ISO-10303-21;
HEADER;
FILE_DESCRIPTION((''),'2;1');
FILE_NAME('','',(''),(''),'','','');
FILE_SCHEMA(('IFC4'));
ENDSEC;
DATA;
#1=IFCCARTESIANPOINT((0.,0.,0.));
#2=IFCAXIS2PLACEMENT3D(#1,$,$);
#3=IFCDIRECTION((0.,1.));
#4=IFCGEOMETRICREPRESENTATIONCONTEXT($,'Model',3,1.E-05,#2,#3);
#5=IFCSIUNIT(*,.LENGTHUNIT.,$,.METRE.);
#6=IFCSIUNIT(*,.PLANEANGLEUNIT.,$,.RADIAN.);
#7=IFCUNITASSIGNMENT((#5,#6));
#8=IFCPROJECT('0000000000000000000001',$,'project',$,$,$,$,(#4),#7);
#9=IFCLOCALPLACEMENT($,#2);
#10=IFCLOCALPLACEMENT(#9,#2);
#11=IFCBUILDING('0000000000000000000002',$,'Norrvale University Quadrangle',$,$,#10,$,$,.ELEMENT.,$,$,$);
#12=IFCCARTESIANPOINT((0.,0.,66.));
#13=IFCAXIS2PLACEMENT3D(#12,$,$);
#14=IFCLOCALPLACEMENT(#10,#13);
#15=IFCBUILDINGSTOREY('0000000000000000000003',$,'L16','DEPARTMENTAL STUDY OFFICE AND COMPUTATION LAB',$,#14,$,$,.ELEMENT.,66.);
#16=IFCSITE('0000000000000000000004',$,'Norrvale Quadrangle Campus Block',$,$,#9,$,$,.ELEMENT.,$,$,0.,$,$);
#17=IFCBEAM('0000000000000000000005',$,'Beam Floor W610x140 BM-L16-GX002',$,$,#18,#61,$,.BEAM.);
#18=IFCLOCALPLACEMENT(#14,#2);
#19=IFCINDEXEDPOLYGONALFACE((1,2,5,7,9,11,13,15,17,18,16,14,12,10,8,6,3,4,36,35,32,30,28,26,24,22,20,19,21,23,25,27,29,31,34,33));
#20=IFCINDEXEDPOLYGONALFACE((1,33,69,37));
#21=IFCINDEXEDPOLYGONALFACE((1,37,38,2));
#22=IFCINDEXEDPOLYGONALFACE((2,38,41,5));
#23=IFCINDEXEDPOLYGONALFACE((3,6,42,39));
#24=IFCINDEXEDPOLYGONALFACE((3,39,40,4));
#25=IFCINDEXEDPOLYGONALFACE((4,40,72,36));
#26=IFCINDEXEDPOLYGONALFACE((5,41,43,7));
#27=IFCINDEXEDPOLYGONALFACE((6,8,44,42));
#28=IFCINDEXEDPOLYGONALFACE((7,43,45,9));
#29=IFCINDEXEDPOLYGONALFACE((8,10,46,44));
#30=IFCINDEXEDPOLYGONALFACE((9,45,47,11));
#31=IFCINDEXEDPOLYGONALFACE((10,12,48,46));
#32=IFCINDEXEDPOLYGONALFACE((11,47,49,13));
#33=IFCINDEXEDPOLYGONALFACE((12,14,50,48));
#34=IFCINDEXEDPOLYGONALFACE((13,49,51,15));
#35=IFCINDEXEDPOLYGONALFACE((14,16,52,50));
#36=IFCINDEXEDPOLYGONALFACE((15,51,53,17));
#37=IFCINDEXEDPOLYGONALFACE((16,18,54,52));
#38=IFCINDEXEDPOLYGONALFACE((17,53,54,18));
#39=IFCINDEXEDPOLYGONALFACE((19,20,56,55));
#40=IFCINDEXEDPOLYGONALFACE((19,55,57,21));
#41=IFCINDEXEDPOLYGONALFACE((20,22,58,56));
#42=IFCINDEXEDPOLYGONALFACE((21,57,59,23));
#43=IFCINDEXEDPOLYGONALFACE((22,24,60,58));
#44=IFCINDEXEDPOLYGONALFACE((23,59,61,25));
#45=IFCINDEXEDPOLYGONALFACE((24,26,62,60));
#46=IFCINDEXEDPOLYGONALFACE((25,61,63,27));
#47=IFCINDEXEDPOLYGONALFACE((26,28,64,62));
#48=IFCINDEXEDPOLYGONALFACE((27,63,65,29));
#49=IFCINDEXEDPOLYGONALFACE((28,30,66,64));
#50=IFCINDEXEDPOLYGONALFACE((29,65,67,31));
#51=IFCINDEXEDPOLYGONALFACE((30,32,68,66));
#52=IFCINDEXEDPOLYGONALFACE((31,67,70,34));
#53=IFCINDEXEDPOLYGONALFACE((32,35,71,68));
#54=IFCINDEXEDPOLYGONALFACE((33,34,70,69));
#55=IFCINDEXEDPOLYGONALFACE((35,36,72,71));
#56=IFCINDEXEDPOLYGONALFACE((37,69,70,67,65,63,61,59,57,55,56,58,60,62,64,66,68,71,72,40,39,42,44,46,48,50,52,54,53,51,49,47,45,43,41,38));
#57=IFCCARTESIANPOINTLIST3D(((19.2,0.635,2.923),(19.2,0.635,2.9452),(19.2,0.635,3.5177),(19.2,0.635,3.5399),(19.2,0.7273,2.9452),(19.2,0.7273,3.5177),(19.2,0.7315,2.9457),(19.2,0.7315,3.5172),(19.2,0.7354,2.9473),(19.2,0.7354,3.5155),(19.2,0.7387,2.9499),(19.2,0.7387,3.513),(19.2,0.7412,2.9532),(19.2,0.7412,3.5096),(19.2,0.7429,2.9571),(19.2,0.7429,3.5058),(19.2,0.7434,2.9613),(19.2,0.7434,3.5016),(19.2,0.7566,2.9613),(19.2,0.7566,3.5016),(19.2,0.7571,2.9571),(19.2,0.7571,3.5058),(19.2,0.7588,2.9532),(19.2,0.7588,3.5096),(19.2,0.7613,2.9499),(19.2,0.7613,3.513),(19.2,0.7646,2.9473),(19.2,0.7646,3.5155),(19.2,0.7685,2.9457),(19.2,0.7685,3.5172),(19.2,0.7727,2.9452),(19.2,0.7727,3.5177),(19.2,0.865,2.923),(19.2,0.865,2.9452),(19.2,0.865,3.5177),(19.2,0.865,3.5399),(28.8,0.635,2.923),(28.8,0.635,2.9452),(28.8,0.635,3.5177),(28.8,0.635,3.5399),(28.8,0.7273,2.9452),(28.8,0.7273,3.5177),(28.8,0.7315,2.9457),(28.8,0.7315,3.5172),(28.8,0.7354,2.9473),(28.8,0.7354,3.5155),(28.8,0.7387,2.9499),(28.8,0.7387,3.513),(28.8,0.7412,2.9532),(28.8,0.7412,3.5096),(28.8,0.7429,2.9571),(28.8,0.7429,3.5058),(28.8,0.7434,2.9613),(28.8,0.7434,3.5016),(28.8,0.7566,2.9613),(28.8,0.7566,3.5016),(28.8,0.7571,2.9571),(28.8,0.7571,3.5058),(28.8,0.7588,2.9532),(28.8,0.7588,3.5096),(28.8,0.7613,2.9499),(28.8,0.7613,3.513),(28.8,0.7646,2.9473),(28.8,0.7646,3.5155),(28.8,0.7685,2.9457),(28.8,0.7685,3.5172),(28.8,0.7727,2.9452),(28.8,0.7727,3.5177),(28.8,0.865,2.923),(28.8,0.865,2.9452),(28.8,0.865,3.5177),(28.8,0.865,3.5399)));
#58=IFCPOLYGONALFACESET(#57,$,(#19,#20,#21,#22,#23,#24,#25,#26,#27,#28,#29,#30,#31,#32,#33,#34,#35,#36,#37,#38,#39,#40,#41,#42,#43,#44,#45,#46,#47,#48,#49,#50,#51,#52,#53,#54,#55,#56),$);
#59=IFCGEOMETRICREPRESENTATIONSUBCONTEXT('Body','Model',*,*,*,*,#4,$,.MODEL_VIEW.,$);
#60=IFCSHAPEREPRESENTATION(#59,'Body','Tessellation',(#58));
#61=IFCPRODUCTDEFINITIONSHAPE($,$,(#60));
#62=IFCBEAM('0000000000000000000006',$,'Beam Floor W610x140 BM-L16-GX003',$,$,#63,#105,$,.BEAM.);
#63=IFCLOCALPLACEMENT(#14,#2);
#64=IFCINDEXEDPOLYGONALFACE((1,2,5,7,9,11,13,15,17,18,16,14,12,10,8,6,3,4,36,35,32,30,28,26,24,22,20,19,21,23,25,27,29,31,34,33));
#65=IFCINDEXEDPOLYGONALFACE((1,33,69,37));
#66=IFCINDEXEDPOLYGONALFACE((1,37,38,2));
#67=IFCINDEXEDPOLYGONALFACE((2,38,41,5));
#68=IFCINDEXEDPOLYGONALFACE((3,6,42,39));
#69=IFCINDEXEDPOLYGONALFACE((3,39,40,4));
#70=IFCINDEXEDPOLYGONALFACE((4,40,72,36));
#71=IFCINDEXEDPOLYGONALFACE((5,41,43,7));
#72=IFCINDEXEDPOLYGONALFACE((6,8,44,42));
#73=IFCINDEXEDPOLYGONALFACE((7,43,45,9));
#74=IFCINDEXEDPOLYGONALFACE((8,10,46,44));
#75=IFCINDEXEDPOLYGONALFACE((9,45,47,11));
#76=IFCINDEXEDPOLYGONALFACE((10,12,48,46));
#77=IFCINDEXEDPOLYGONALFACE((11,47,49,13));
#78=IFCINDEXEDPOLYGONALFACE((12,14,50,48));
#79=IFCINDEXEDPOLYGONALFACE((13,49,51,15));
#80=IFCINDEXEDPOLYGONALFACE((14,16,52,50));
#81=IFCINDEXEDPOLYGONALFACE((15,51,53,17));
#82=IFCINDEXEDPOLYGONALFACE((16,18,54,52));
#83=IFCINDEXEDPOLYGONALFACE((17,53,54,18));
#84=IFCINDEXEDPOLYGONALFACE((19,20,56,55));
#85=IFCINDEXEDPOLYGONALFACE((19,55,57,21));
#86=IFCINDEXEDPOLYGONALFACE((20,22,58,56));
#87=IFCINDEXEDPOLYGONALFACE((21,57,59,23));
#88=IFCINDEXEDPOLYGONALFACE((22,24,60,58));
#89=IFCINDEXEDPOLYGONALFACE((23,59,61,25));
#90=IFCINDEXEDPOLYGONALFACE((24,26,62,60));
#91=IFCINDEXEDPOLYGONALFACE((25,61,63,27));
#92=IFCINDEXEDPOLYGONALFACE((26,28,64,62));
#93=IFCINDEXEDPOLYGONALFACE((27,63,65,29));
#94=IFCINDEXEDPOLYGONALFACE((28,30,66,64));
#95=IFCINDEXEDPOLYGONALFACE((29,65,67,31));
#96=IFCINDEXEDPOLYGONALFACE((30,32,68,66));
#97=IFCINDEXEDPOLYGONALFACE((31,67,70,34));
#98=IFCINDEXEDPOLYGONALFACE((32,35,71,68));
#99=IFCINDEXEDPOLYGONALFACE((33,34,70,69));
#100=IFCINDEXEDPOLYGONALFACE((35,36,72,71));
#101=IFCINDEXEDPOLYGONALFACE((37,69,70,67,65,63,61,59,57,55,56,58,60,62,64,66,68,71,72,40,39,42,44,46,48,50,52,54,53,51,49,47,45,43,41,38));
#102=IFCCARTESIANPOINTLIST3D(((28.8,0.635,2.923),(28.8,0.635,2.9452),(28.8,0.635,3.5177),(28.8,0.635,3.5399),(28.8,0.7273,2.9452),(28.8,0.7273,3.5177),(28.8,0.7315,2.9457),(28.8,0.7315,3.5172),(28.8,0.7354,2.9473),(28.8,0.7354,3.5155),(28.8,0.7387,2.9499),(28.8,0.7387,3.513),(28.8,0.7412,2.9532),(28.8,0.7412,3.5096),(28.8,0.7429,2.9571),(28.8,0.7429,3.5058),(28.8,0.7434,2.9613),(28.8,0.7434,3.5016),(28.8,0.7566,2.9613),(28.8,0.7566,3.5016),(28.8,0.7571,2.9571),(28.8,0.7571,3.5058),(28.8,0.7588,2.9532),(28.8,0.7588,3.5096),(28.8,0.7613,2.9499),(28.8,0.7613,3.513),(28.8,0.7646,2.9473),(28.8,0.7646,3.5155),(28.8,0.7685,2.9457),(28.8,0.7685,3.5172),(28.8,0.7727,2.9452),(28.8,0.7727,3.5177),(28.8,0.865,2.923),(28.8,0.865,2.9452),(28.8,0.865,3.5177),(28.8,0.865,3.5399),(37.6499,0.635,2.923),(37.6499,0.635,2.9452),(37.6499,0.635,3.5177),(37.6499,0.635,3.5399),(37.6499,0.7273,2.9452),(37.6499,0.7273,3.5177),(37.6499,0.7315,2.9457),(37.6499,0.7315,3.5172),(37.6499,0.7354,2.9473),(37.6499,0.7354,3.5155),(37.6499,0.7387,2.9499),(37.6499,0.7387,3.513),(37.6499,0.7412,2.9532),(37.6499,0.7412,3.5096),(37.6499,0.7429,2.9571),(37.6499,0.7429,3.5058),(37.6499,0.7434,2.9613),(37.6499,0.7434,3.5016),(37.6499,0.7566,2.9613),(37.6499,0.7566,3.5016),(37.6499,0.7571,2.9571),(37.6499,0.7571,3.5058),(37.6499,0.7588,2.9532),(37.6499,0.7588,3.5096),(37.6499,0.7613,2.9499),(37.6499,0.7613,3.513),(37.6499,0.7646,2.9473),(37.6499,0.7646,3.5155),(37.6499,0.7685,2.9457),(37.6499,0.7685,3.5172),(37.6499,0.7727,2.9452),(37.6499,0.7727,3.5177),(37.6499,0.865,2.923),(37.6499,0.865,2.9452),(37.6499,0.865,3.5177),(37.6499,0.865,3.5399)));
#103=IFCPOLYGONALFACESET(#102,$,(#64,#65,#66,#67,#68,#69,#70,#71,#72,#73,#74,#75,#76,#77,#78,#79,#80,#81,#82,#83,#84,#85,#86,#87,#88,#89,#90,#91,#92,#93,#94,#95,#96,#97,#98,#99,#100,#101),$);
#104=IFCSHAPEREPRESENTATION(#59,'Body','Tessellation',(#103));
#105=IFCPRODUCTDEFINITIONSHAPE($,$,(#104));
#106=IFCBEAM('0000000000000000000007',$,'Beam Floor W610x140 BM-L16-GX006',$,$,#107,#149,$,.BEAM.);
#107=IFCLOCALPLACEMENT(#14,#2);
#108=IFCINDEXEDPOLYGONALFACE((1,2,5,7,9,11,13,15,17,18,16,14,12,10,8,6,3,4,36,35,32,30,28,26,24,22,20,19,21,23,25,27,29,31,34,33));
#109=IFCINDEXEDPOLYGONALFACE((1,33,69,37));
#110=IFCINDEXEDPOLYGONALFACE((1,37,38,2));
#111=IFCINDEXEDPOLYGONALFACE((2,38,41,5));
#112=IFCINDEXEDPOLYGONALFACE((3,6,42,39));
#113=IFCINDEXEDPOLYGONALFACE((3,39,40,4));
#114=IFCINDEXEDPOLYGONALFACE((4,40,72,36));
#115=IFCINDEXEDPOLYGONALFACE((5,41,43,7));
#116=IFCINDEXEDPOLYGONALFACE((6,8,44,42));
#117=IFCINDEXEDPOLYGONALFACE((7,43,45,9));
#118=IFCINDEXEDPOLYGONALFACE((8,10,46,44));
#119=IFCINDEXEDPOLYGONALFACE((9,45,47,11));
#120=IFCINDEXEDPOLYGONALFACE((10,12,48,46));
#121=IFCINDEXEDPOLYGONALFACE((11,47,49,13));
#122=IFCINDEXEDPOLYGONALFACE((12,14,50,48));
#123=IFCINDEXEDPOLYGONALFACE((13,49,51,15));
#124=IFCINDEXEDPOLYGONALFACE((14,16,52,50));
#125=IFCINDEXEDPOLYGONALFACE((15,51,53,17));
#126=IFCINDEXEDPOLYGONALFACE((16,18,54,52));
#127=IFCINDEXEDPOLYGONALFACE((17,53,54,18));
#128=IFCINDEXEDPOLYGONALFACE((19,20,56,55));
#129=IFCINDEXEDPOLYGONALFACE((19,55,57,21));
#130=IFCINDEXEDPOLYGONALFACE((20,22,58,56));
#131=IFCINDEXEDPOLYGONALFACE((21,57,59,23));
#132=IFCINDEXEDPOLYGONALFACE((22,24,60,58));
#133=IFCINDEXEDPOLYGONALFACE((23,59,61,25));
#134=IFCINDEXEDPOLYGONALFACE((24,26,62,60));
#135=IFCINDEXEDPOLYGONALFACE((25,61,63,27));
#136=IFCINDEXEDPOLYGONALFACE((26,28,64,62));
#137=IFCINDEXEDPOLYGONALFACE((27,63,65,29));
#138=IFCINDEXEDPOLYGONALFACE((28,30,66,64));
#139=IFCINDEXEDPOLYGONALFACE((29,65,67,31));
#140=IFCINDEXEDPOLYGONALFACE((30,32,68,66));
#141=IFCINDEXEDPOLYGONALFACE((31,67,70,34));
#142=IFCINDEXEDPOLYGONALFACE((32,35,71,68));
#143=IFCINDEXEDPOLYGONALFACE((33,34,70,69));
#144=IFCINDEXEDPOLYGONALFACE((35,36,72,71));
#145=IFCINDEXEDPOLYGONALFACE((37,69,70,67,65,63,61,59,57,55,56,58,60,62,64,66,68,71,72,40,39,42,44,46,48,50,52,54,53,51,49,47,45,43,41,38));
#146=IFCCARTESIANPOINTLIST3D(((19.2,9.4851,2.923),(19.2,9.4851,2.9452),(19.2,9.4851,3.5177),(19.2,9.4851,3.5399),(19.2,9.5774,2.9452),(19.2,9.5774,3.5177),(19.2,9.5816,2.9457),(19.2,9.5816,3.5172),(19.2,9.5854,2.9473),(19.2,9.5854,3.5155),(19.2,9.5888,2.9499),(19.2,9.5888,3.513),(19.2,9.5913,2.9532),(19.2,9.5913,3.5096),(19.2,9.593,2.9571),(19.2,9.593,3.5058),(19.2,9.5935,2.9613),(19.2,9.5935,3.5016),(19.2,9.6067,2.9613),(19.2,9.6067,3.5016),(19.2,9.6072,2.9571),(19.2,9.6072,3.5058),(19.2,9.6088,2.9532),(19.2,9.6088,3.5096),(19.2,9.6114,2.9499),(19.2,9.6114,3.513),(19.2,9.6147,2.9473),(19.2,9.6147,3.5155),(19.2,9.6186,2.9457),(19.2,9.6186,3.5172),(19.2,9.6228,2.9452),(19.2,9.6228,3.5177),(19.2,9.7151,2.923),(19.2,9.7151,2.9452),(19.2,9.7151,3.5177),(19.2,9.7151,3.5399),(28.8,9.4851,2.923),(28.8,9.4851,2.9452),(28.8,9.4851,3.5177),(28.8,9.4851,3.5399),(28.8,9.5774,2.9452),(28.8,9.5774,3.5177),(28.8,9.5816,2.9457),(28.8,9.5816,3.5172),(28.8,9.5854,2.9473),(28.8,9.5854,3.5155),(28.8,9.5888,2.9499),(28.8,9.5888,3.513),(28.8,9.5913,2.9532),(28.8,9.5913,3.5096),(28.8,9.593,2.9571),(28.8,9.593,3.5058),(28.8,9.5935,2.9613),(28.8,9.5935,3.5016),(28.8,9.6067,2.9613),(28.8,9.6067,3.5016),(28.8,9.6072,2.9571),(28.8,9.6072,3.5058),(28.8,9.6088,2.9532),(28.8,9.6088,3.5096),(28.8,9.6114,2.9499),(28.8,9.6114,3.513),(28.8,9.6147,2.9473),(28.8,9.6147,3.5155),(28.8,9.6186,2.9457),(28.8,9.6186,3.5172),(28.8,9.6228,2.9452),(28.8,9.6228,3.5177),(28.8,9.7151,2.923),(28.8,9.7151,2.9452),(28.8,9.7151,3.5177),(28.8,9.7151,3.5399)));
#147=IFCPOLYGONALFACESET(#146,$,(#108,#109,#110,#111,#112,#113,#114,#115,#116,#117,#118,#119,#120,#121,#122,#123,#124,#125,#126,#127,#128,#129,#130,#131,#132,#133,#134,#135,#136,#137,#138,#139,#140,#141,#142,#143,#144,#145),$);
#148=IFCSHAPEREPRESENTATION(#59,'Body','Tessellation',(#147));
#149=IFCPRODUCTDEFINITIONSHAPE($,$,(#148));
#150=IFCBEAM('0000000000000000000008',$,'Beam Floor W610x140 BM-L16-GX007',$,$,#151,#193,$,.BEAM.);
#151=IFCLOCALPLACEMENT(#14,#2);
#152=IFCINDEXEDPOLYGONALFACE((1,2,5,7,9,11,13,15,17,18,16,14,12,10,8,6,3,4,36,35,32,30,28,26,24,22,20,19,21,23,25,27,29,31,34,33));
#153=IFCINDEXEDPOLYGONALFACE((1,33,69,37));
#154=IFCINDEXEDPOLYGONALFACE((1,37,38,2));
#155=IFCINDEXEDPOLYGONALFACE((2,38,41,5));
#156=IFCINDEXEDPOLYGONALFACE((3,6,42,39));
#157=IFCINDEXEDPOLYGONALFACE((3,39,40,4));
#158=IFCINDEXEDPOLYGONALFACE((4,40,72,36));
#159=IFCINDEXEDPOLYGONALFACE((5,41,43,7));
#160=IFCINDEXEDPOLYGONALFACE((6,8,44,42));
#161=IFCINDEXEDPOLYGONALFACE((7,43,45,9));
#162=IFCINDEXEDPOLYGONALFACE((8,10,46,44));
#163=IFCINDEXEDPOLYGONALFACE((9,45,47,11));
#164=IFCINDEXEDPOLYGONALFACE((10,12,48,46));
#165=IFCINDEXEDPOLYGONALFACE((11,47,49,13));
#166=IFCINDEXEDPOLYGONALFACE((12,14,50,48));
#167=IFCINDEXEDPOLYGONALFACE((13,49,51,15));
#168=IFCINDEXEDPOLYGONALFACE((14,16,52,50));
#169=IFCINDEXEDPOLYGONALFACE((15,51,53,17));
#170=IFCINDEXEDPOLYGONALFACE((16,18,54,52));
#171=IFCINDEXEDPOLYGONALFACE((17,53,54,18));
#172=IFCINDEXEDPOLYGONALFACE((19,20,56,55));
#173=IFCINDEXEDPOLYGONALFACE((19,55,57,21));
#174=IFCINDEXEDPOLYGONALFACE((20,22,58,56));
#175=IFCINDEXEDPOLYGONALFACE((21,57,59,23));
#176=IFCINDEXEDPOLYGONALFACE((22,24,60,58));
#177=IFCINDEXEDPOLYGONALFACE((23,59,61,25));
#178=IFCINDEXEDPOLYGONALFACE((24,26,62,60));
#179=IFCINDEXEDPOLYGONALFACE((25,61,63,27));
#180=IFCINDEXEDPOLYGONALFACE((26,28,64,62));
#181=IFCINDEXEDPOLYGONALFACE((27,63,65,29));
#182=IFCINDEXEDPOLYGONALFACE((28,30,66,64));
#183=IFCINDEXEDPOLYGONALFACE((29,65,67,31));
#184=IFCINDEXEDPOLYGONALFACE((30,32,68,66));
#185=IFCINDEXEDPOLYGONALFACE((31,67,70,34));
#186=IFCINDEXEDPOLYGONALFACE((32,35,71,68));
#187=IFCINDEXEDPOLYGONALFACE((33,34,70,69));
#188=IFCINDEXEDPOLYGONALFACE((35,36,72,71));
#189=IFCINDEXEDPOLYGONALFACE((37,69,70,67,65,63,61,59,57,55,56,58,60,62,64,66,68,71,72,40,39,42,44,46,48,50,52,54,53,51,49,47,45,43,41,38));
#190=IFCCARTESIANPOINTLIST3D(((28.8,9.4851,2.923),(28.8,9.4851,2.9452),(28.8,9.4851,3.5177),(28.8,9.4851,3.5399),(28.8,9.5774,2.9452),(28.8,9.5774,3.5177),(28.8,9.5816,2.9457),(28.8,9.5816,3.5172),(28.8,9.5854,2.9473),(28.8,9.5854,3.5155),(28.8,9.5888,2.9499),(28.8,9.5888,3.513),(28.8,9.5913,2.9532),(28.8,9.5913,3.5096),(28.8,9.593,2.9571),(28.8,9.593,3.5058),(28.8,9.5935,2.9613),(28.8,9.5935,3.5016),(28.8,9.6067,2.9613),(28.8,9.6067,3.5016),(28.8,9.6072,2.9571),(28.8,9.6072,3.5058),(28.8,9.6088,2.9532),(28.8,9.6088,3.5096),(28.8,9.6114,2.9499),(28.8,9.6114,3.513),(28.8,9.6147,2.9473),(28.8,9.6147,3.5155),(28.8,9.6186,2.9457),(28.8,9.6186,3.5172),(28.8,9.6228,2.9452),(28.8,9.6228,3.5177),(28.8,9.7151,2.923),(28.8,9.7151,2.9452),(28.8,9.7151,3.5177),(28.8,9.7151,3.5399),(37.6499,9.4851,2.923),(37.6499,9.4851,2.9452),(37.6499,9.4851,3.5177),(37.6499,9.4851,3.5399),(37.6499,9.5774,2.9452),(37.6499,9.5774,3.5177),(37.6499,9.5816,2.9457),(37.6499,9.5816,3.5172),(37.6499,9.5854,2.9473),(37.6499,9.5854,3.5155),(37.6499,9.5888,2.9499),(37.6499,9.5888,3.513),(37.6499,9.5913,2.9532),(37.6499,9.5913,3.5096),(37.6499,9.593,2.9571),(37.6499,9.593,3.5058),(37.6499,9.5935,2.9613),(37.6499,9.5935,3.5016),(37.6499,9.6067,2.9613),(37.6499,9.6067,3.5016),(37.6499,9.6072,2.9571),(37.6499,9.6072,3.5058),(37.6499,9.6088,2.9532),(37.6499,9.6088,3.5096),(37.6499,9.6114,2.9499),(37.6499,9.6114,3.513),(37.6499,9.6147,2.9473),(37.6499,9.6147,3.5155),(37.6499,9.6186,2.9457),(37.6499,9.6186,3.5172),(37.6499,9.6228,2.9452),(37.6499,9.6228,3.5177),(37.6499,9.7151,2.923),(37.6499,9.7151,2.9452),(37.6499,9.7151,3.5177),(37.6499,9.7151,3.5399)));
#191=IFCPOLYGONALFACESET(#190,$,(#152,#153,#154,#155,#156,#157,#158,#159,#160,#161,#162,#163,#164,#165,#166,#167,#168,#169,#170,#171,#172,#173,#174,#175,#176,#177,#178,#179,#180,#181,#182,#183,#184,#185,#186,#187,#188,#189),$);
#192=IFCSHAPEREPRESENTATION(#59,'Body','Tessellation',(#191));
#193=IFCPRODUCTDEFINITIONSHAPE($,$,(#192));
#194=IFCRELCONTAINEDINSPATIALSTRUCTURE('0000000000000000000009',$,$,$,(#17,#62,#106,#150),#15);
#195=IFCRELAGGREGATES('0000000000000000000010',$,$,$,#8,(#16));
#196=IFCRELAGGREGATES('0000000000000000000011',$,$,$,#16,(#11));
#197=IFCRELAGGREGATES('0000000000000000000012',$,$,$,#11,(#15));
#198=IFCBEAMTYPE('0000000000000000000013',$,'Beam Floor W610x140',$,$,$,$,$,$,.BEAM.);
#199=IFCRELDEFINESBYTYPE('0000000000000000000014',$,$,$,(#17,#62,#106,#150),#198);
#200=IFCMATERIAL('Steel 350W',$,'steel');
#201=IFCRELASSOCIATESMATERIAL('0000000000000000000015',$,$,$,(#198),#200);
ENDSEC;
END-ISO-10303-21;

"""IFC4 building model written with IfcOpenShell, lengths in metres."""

from ifc_helpers import new_model, si_unit, direction, frame, origin, origin_2d, place, context, subcontext, project, spatial, i_section, extrude, material, material_profile, profile_set, type_object, element, save


model = new_model("IFC4")

# Units and contexts
model_context = context("Model", 3, precision=1e-05, world=origin(), true_north=direction((0.0, 1.0)))
body_context = subcontext(model_context, "Body", "Model", "MODEL_VIEW")
ifc_project = project(units=[si_unit("LENGTHUNIT", "METRE"), si_unit("PLANEANGLEUNIT", "RADIAN")], contexts=[model_context])

# Site, building, storey
site_placement = place(None, origin())
site = spatial("IfcSite", under=ifc_project, at=site_placement, Name="Norrvale Quadrangle Campus Block", CompositionType="ELEMENT", RefElevation=0.0)
building_placement = place(site_placement, origin())
building = spatial("IfcBuilding", under=site, at=building_placement, Name="Norrvale University Quadrangle", CompositionType="ELEMENT")
storey_placement = place(building_placement, frame((0.0, 0.0, 66.0)))
storey = spatial("IfcBuildingStorey", under=building, at=storey_placement, Name="L16", Description="DEPARTMENTAL STUDY OFFICE AND COMPUTATION LAB", CompositionType="ELEMENT", Elevation=66.0)

# Beams
ifc_material_1 = material(Name="Steel 350W", Category="steel")
ifc_material_profile_1 = material_profile(ifc_material_1, i_section(OverallWidth=0.23, OverallDepth=0.6169, WebThickness=0.0132, FlangeThickness=0.0222, FilletRadius=0.0161, at=origin_2d()), Name="Steel 350W")
ifc_profile_set_1 = profile_set([ifc_material_profile_1], Name="Steel 350W")
beam_type_1 = type_object("IfcBeamType", Name="Beam Floor W610x140", PredefinedType="BEAM", material=ifc_profile_set_1)
beam_1_placement = place(storey_placement, frame((19.2, 0.75, 3.2314), z_axis=(1.0, 0.0, 0.0), x_axis=(0.0, 1.0, 0.0)))
element("IfcBeam", 1, at=beam_1_placement, inside=storey, type_object=beam_type_1, Name="Beam Floor W610x140 BM-L16-GX002", PredefinedType="BEAM", context=body_context, shape_type="SweptSolid", body=[
    extrude(i_section(OverallWidth=0.23, OverallDepth=0.6169, WebThickness=0.0132, FlangeThickness=0.0222, FilletRadius=0.0161, at=origin_2d()), origin(), (0.0, 0.0, 1.0), 9.6001),
])
beam_2_placement = place(storey_placement, frame((28.8, 0.75, 3.2314), z_axis=(1.0, 0.0, 0.0), x_axis=(0.0, 1.0, 0.0)))
element("IfcBeam", 2, at=beam_2_placement, inside=storey, type_object=beam_type_1, Name="Beam Floor W610x140 BM-L16-GX003", PredefinedType="BEAM", context=body_context, shape_type="SweptSolid", body=[
    extrude(i_section(OverallWidth=0.23, OverallDepth=0.6169, WebThickness=0.0132, FlangeThickness=0.0222, FilletRadius=0.0161, at=origin_2d()), origin(), (0.0, 0.0, 1.0), 8.8499),
])
beam_3_placement = place(storey_placement, frame((19.2, 9.6001, 3.2314), z_axis=(1.0, 0.0, 0.0), x_axis=(0.0, 1.0, 0.0)))
element("IfcBeam", 3, at=beam_3_placement, inside=storey, type_object=beam_type_1, Name="Beam Floor W610x140 BM-L16-GX006", PredefinedType="BEAM", context=body_context, shape_type="SweptSolid", body=[
    extrude(i_section(OverallWidth=0.23, OverallDepth=0.6169, WebThickness=0.0132, FlangeThickness=0.0222, FilletRadius=0.0161, at=origin_2d()), origin(), (0.0, 0.0, 1.0), 9.6001),
])
beam_4_placement = place(storey_placement, frame((28.8, 9.6001, 3.2314), z_axis=(1.0, 0.0, 0.0), x_axis=(0.0, 1.0, 0.0)))
element("IfcBeam", 4, at=beam_4_placement, inside=storey, type_object=beam_type_1, Name="Beam Floor W610x140 BM-L16-GX007", PredefinedType="BEAM", context=body_context, shape_type="SweptSolid", body=[
    extrude(i_section(OverallWidth=0.23, OverallDepth=0.6169, WebThickness=0.0132, FlangeThickness=0.0222, FilletRadius=0.0161, at=origin_2d()), origin(), (0.0, 0.0, 1.0), 8.8499),
])

save(model, "model.ifc")
